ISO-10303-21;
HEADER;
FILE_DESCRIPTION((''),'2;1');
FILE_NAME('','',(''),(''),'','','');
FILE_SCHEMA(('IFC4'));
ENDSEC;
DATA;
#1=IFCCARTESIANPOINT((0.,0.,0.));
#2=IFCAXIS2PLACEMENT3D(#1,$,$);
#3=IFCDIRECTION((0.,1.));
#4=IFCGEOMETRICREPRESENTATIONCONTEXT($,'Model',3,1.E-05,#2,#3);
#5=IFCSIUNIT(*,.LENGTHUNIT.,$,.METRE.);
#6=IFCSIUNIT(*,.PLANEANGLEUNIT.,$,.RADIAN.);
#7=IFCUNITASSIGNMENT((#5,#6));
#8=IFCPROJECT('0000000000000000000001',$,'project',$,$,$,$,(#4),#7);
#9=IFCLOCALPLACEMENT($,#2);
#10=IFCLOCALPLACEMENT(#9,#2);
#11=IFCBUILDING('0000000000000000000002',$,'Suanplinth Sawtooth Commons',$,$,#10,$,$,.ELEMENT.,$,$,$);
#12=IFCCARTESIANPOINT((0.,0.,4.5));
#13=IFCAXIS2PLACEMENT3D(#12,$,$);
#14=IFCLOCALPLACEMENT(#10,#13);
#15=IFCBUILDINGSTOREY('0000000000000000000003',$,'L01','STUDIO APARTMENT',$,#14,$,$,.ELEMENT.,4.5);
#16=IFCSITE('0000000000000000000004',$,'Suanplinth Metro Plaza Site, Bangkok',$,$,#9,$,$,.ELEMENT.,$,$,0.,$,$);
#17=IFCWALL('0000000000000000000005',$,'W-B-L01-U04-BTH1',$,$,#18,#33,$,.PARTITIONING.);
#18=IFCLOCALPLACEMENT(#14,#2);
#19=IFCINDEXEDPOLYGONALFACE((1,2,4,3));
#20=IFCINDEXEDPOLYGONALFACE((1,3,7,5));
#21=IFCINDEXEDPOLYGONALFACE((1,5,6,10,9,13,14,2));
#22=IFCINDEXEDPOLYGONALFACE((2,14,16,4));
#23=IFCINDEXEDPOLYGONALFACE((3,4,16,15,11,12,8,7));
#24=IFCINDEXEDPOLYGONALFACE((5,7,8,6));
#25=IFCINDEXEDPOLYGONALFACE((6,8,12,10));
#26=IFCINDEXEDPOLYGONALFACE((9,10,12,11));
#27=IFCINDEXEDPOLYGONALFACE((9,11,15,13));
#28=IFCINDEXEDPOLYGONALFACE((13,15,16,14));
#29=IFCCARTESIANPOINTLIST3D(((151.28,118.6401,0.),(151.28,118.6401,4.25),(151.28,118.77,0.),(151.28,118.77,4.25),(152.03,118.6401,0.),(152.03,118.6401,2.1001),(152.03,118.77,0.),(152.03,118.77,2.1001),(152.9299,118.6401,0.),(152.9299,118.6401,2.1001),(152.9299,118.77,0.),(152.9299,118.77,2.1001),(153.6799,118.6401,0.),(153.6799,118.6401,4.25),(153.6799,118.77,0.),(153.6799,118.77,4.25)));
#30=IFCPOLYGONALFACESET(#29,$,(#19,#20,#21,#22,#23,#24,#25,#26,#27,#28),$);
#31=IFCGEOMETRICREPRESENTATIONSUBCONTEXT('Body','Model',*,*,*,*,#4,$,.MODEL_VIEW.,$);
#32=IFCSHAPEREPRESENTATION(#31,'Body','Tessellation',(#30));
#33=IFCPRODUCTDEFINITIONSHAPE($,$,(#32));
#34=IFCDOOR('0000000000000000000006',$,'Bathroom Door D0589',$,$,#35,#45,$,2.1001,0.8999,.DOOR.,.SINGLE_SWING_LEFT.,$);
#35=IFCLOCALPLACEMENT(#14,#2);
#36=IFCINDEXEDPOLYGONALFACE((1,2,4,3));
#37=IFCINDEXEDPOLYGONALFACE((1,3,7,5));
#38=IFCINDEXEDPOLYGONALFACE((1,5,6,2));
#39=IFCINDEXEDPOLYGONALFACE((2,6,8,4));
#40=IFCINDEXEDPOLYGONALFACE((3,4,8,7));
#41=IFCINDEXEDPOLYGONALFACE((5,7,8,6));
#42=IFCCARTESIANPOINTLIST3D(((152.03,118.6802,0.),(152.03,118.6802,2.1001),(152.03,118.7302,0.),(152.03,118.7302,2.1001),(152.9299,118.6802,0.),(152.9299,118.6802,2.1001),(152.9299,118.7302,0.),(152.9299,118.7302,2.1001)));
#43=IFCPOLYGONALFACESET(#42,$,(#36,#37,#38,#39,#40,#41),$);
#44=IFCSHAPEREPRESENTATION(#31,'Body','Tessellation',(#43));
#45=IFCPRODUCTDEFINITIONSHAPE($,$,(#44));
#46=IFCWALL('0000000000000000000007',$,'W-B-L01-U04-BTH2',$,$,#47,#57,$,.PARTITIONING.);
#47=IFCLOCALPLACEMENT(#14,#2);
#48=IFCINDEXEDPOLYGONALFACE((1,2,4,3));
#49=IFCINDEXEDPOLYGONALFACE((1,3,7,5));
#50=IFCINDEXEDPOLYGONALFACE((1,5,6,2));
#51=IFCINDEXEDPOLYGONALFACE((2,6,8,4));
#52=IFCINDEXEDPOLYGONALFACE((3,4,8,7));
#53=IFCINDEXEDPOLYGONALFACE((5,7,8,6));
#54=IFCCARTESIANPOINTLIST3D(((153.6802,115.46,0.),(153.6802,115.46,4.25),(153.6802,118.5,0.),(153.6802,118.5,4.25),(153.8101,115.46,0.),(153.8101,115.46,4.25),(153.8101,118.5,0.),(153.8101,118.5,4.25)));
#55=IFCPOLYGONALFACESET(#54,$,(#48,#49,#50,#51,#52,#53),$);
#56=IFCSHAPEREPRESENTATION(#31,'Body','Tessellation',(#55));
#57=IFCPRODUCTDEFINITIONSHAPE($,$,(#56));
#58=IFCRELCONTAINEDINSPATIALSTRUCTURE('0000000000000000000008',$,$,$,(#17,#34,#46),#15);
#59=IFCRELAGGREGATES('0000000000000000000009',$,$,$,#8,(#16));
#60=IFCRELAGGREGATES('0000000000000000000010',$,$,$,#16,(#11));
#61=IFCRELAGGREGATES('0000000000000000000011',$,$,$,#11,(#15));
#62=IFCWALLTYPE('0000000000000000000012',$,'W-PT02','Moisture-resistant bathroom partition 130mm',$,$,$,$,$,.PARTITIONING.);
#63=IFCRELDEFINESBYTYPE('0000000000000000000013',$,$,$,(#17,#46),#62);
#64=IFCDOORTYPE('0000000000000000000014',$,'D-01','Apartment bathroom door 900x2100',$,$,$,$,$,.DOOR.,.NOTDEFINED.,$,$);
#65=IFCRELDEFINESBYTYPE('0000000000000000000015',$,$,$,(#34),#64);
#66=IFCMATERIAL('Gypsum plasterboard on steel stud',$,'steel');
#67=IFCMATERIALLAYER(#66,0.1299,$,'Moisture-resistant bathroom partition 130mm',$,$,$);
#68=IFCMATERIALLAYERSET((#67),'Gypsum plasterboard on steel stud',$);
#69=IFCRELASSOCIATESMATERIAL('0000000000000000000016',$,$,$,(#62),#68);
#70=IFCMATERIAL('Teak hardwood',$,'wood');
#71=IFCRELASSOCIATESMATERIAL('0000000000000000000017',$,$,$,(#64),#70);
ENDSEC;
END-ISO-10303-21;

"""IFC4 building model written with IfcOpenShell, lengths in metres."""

from ifc_helpers import new_model, si_unit, direction, frame, frame_2d, origin, place, context, subcontext, project, spatial, rectangle, extrude, material, layer, layer_set, type_object, element, fill, save


model = new_model("IFC4")

# Units and contexts
model_context = context("Model", 3, precision=1e-05, world=origin(), true_north=direction((0.0, 1.0)))
body_context = subcontext(model_context, "Body", "Model", "MODEL_VIEW")
ifc_project = project(units=[si_unit("LENGTHUNIT", "METRE"), si_unit("PLANEANGLEUNIT", "RADIAN")], contexts=[model_context])

# Site, building, storey
site_placement = place(None, origin())
site = spatial("IfcSite", under=ifc_project, at=site_placement, Name="Suanplinth Metro Plaza Site, Bangkok", CompositionType="ELEMENT", RefElevation=0.0)
building_placement = place(site_placement, origin())
building = spatial("IfcBuilding", under=site, at=building_placement, Name="Suanplinth Sawtooth Commons", CompositionType="ELEMENT")
storey_placement = place(building_placement, frame((0.0, 0.0, 4.5)))
storey = spatial("IfcBuildingStorey", under=building, at=storey_placement, Name="L01", Description="STUDIO APARTMENT", CompositionType="ELEMENT", Elevation=4.5)

# Shared definitions
ifc_material_1 = material(Name="Teak hardwood", Category="wood")
ifc_material_2 = material(Name="Gypsum plasterboard on steel stud", Category="steel")

# Wall, opening, door
ifc_layer_1 = layer(ifc_material_2, 0.1299, Name="Moisture-resistant bathroom partition 130mm")
ifc_layer_set_1 = layer_set([ifc_layer_1], Name="Gypsum plasterboard on steel stud")
wall_type_1 = type_object("IfcWallType", Name="W-PT02", Description="Moisture-resistant bathroom partition 130mm", PredefinedType="PARTITIONING", material=ifc_layer_set_1)
wall_1_placement = place(storey_placement, frame((151.28, 118.7051, 0.0), z_axis=(0.0, 0.0, 1.0), x_axis=(1.0, 0.0, 0.0)))
wall_1 = element("IfcWall", 1, at=wall_1_placement, inside=storey, type_object=wall_type_1, Name="W-B-L01-U04-BTH1", PredefinedType="PARTITIONING", context=body_context, shape_type="SweptSolid", body=[
    extrude(rectangle(XDim=2.3999, YDim=0.1299, at=frame_2d((1.2, 0.0))), origin(), (0.0, 0.0, 1.0), 4.25),
])
opening_1_placement = place(wall_1_placement, frame((0.75, 0.0, 0.0)))
opening_1 = element("IfcOpeningElement", 2, at=opening_1_placement, cuts=wall_1, PredefinedType="OPENING", context=body_context, shape_type="SweptSolid", body=[
    extrude(rectangle(XDim=0.8999, YDim=2.1001, at=frame_2d((0.45, 1.05))), frame((0.0, 0.0798, 0.0), z_axis=(0.0, -1.0, 0.0), x_axis=(1.0, 0.0, 0.0)), (0.0, 0.0, 1.0), 0.1597),
])
door_type_1 = type_object("IfcDoorType", Name="D-01", Description="Apartment bathroom door 900x2100", OperationType="NOTDEFINED", PredefinedType="DOOR", material=ifc_material_1)
door_1_placement = place(opening_1_placement, frame((0.8999, 0.0, 0.0), z_axis=(0.0, 0.0, 1.0), x_axis=(-1.0, 0.0, 0.0)))
door_1 = element("IfcDoor", 3, at=door_1_placement, inside=storey, type_object=door_type_1, Name="Bathroom Door D0589", OperationType="SINGLE_SWING_LEFT", OverallHeight=2.1001, OverallWidth=0.8999, PredefinedType="DOOR", context=body_context, shape_type="SweptSolid", body=[
    extrude(rectangle(XDim=0.8999, YDim=2.1001, at=frame_2d((0.45, 1.05))), frame((0.0, 0.0249, 0.0), z_axis=(0.0, -1.0, 0.0), x_axis=(1.0, 0.0, 0.0)), (0.0, 0.0, 1.0), 0.05),
])
fill(opening_1, door_1)

# Wall
wall_2_placement = place(storey_placement, frame((153.7451, 115.46, 0.0), z_axis=(0.0, 0.0, 1.0), x_axis=(0.0, 1.0, 0.0)))
element("IfcWall", 4, at=wall_2_placement, inside=storey, type_object=wall_type_1, Name="W-B-L01-U04-BTH2", PredefinedType="PARTITIONING", context=body_context, shape_type="SweptSolid", body=[
    extrude(rectangle(XDim=3.04, YDim=0.1299, at=frame_2d((1.52, 0.0))), origin(), (0.0, 0.0, 1.0), 4.25),
])

save(model, "model.ifc")
